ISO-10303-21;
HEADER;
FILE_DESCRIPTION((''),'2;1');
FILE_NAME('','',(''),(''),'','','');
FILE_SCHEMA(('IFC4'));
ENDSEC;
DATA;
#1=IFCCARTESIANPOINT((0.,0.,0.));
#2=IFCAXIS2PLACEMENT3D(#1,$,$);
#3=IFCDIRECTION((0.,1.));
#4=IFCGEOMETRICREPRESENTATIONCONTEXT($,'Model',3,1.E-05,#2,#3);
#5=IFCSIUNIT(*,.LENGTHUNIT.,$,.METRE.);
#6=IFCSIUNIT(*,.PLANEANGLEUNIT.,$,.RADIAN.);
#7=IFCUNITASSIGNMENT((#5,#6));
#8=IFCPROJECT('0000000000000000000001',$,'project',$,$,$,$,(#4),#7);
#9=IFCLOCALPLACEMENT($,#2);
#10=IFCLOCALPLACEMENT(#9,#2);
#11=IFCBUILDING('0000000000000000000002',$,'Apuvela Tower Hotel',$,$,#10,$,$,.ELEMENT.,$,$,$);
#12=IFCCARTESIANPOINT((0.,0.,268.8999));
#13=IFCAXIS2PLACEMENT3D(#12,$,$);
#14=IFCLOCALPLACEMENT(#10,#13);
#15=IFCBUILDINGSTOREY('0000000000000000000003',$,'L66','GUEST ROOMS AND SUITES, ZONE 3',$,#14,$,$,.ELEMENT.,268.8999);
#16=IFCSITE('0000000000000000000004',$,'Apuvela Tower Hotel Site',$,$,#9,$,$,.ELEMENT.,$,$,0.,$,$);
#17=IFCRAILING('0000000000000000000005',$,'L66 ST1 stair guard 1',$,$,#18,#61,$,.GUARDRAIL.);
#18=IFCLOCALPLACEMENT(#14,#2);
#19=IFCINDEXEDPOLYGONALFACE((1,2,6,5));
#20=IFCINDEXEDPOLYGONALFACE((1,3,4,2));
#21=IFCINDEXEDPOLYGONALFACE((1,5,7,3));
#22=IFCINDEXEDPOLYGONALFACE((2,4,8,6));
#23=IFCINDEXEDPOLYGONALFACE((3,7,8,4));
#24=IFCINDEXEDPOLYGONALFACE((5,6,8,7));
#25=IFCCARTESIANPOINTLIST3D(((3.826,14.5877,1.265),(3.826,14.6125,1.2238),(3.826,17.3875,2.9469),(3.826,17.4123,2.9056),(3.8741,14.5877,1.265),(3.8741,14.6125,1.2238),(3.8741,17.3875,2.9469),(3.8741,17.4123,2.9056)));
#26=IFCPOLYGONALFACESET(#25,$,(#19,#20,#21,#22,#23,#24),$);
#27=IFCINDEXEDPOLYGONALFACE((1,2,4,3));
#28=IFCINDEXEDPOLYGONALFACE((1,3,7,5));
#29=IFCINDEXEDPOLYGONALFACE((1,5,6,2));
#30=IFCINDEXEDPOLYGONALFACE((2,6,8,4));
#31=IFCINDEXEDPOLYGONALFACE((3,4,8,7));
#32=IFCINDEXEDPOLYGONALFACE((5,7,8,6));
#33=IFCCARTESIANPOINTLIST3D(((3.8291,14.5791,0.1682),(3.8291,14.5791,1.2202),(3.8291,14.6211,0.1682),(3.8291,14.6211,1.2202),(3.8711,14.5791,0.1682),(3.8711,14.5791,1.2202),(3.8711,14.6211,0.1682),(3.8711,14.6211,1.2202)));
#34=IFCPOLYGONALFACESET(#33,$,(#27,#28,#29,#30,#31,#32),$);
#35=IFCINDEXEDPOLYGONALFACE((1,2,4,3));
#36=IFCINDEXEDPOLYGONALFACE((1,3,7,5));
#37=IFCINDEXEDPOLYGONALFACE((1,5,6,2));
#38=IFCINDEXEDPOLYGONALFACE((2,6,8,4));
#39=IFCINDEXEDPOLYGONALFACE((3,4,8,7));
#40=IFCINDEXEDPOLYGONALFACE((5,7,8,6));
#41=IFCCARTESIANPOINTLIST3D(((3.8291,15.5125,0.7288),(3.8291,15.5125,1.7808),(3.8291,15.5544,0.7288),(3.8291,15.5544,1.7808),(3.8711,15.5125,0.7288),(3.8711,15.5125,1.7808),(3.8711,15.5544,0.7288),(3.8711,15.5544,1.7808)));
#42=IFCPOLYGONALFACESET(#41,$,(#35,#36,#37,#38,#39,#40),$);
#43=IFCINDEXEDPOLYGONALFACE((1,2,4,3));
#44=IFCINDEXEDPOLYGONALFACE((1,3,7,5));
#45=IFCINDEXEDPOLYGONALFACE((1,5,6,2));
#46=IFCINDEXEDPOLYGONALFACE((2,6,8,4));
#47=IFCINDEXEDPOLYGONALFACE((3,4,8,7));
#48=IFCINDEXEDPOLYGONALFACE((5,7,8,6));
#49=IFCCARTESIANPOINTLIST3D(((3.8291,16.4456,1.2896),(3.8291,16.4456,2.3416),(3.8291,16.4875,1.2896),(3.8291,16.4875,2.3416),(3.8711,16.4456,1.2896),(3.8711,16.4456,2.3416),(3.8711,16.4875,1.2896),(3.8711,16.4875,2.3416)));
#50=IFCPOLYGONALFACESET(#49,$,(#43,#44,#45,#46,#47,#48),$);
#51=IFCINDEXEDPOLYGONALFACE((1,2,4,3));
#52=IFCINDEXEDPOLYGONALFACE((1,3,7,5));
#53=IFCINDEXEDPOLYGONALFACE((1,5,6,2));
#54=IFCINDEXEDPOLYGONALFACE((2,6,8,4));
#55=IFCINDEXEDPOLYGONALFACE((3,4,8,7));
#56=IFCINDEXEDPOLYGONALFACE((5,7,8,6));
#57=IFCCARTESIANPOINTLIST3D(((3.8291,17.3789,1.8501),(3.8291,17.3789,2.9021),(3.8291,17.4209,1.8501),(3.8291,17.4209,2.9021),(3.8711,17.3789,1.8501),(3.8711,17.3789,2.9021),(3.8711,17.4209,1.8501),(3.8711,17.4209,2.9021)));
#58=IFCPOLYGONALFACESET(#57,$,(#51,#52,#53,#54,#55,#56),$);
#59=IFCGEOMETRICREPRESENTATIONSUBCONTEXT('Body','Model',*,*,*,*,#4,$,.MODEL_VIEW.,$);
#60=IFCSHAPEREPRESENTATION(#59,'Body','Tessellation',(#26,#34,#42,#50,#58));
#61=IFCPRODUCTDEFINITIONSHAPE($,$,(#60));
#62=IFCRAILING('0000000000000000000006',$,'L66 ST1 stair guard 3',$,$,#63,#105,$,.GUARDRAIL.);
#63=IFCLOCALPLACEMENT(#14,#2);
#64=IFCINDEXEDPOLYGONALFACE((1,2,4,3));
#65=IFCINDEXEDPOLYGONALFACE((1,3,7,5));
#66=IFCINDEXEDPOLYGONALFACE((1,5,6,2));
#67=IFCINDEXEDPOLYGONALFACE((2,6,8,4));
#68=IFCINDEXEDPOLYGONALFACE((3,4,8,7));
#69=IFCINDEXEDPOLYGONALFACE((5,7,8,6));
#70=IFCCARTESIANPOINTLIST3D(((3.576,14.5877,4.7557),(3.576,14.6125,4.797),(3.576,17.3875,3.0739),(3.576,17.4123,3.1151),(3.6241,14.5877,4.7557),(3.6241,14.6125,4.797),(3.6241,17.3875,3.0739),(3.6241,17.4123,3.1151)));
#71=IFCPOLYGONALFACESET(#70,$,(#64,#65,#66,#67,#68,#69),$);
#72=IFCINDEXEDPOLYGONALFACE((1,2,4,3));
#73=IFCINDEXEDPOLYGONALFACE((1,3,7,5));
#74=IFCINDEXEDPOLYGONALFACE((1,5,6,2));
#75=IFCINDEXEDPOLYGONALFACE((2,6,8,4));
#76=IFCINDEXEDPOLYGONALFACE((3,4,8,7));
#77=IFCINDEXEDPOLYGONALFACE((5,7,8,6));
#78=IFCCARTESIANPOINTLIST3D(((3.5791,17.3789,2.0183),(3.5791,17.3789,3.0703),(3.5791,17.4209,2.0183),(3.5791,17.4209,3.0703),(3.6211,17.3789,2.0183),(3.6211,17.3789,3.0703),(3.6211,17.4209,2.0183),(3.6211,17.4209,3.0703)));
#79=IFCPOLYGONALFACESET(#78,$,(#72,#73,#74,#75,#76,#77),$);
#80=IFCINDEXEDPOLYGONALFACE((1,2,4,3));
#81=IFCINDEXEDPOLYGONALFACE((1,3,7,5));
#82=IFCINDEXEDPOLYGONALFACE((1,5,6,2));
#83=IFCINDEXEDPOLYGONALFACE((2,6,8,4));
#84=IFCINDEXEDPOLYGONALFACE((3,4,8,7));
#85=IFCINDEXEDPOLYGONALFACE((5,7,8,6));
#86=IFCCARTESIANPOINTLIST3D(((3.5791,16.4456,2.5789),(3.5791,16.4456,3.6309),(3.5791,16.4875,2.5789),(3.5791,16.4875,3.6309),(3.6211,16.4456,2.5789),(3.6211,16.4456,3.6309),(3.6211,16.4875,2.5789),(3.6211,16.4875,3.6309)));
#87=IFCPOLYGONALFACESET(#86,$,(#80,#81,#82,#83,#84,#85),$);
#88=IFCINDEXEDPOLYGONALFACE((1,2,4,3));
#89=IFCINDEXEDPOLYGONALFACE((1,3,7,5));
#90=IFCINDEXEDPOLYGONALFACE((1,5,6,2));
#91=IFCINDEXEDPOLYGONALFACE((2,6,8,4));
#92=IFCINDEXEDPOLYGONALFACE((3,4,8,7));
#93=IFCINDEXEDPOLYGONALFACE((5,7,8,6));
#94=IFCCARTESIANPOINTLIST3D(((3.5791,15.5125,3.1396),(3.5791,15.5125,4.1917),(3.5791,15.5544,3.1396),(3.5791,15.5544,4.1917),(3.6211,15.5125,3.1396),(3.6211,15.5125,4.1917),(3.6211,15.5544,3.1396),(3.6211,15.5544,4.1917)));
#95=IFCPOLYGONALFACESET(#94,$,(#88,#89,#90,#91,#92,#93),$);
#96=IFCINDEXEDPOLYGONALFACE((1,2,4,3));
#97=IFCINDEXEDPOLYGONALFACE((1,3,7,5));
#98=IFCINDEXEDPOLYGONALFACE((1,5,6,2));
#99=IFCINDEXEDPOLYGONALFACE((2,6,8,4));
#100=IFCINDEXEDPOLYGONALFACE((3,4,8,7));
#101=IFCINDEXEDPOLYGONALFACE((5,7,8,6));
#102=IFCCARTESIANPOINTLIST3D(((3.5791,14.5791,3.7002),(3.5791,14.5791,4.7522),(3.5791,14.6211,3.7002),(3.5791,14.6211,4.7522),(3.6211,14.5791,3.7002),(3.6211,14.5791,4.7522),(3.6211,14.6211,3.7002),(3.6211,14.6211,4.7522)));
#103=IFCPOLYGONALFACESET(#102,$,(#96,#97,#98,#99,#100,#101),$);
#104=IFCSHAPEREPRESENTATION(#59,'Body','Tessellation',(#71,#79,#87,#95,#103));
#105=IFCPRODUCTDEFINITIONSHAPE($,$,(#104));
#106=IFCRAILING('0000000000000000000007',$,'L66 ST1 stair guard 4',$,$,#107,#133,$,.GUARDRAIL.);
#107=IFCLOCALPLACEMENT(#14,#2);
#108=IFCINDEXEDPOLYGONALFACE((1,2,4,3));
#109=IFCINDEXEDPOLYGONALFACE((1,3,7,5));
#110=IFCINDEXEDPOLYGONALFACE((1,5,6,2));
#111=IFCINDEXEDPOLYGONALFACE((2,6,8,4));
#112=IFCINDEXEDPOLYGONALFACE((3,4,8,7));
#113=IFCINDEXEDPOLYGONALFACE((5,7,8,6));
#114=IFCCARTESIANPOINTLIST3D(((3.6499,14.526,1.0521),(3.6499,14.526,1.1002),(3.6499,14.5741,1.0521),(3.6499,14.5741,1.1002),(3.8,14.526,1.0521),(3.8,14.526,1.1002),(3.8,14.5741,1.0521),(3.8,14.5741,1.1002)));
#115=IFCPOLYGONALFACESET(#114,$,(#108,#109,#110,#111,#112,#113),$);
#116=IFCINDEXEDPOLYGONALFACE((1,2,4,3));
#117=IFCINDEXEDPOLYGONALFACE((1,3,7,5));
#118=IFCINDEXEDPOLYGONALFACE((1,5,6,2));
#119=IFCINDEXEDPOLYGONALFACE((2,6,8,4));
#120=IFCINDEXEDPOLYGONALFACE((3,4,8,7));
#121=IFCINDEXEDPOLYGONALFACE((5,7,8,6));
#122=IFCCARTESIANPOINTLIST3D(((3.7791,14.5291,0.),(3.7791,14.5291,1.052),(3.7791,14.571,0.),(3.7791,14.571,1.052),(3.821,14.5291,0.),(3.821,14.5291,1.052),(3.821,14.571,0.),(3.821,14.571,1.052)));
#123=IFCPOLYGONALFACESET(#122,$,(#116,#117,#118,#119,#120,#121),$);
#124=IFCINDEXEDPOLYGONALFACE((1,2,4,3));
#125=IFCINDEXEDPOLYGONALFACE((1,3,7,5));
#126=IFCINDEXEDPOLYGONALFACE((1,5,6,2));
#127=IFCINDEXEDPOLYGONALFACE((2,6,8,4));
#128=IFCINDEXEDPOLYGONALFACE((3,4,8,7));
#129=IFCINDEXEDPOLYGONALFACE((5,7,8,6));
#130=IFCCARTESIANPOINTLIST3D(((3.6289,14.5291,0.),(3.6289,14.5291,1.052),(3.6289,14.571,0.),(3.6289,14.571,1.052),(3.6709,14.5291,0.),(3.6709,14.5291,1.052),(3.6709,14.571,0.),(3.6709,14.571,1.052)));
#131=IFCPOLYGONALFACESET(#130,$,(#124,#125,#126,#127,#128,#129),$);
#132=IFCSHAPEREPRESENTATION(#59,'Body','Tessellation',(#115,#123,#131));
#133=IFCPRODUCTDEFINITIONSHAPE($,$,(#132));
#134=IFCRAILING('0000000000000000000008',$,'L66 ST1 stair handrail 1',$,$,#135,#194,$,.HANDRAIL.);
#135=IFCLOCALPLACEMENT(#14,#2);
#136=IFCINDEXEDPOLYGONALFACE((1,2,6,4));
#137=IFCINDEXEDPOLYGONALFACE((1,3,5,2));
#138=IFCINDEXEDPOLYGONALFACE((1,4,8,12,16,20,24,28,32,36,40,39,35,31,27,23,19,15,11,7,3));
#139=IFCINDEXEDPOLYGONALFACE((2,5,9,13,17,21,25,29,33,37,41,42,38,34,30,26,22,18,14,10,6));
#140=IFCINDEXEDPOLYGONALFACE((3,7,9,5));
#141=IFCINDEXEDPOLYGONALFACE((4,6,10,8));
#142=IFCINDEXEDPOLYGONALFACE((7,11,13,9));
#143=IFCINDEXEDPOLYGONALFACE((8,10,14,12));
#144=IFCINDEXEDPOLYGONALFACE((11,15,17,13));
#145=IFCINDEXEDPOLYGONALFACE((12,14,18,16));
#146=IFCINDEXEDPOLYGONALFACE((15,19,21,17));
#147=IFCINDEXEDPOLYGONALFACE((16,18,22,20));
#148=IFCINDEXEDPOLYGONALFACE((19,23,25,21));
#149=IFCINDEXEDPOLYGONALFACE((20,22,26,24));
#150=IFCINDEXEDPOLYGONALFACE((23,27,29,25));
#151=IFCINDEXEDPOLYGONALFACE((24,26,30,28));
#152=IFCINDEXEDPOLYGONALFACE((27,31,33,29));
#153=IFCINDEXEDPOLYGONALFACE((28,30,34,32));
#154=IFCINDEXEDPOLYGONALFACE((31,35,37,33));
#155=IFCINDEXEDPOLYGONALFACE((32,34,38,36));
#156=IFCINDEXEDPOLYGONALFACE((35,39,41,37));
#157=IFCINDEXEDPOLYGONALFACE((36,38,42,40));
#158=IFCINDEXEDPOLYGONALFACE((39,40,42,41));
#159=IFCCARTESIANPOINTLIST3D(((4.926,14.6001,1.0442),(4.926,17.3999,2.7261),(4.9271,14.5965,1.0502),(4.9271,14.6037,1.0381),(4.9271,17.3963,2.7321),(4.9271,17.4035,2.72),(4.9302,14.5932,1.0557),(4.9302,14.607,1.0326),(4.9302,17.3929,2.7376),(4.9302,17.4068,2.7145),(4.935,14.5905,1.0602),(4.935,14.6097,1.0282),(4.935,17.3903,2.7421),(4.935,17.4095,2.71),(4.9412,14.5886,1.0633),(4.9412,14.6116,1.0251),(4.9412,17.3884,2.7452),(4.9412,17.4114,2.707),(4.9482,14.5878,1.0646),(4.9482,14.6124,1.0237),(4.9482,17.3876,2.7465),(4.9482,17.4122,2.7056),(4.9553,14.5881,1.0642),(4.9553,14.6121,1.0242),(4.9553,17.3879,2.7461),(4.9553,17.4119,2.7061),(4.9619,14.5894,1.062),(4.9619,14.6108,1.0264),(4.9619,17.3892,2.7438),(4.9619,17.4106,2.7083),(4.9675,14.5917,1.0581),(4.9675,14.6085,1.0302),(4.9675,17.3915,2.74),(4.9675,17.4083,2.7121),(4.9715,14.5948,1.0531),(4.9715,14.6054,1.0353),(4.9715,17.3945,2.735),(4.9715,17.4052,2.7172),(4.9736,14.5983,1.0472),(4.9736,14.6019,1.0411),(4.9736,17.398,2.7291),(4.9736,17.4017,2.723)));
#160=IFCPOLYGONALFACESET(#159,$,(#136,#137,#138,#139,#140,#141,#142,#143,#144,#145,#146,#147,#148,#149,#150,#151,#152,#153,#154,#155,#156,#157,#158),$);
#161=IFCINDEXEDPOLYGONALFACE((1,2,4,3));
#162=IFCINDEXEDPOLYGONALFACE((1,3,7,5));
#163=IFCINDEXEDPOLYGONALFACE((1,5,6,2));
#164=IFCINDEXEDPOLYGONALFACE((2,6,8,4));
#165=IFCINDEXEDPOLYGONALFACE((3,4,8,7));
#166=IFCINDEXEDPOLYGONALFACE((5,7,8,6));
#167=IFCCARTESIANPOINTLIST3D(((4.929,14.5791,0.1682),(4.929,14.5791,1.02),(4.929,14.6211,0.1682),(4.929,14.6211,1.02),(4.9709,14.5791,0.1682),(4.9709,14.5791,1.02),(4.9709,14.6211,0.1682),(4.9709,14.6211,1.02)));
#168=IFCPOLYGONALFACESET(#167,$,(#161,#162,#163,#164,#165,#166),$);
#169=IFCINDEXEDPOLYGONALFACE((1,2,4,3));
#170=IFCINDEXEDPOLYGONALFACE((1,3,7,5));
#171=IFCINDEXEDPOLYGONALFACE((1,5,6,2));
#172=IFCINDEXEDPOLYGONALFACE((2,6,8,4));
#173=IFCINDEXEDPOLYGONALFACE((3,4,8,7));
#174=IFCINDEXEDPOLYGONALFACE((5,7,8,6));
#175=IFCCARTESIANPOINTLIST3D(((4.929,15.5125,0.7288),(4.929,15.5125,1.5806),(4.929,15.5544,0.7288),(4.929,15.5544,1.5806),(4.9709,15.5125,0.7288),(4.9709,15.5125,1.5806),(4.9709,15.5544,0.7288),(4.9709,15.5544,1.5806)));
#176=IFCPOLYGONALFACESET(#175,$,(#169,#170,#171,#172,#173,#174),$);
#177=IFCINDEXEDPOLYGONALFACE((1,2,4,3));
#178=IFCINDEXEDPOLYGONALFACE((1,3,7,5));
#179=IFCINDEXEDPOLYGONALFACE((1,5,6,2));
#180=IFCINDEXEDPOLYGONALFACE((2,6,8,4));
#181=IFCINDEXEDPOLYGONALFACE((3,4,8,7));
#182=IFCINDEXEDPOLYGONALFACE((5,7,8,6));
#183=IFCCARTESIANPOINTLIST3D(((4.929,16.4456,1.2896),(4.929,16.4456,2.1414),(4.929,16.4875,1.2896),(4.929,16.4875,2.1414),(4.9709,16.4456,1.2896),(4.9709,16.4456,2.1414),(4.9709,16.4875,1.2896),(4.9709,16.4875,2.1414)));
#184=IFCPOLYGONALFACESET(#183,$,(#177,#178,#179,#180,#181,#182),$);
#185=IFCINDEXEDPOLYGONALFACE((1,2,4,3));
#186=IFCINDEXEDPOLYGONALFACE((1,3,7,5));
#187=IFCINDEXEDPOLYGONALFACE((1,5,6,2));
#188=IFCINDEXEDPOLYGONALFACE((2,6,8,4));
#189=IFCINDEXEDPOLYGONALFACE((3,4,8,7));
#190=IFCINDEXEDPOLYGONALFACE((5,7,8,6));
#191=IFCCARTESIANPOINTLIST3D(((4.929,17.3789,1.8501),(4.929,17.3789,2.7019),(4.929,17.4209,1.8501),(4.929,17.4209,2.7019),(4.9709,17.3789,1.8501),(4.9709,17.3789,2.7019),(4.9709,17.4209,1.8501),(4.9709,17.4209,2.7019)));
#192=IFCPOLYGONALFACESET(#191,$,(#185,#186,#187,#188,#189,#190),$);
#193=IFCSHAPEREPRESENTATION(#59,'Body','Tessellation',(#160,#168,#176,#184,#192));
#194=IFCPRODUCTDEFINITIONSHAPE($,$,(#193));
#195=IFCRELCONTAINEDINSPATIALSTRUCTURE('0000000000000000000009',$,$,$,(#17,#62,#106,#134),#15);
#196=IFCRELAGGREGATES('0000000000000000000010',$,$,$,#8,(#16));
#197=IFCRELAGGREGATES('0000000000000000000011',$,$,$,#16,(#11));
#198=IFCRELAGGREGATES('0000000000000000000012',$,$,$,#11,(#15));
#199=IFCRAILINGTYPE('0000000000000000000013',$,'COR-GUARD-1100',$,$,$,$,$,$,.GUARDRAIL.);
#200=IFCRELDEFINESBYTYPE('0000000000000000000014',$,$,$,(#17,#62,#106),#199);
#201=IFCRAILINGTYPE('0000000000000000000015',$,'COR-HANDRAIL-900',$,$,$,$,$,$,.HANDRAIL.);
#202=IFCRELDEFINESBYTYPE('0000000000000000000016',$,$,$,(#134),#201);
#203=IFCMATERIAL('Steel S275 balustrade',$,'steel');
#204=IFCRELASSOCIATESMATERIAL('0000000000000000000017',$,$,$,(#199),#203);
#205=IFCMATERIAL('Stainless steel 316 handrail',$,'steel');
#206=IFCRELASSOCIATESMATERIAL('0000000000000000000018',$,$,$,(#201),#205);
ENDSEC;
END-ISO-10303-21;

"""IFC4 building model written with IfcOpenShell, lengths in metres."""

from ifc_helpers import new_model, si_unit, direction, frame, origin, origin_2d, place, context, subcontext, project, spatial, rectangle, circle, extrude, material, type_object, element, save


model = new_model("IFC4")

# Units and contexts
model_context = context("Model", 3, precision=1e-05, world=origin(), true_north=direction((0.0, 1.0)))
body_context = subcontext(model_context, "Body", "Model", "MODEL_VIEW")
ifc_project = project(units=[si_unit("LENGTHUNIT", "METRE"), si_unit("PLANEANGLEUNIT", "RADIAN")], contexts=[model_context])

# Site, building, storey
site_placement = place(None, origin())
site = spatial("IfcSite", under=ifc_project, at=site_placement, Name="Apuvela Tower Hotel Site", CompositionType="ELEMENT", RefElevation=0.0)
building_placement = place(site_placement, origin())
building = spatial("IfcBuilding", under=site, at=building_placement, Name="Apuvela Tower Hotel", CompositionType="ELEMENT")
storey_placement = place(building_placement, frame((0.0, 0.0, 268.8999)))
storey = spatial("IfcBuildingStorey", under=building, at=storey_placement, Name="L66", Description="GUEST ROOMS AND SUITES, ZONE 3", CompositionType="ELEMENT", Elevation=268.8999)

# Railings
ifc_material_1 = material(Name="Steel S275 balustrade", Category="steel")
railing_type_1 = type_object("IfcRailingType", Name="COR-GUARD-1100", PredefinedType="GUARDRAIL", material=ifc_material_1)
railing_1_placement = place(storey_placement, frame((3.8501, 14.6001, 0.1682)))
element("IfcRailing", 1, at=railing_1_placement, inside=storey, type_object=railing_type_1, Name="L66 ST1 stair guard 1", PredefinedType="GUARDRAIL", context=body_context, shape_type="SweptSolid", body=[
    extrude(rectangle(XDim=0.0481, YDim=0.0481, at=origin_2d()), frame((0.0, 0.0, 1.0762), z_axis=(0.0, 0.857222, 0.514946), x_axis=(-1.0, 0.0, 0.0)), (0.0, 0.0, 1.0), 3.2661),
    extrude(rectangle(XDim=0.042, YDim=0.042, at=origin_2d()), origin(), (0.0, 0.0, 1.0), 1.052),
    extrude(rectangle(XDim=0.042, YDim=0.042, at=origin_2d()), frame((0.0, 0.9333, 0.5605)), (0.0, 0.0, 1.0), 1.052),
    extrude(rectangle(XDim=0.042, YDim=0.042, at=origin_2d()), frame((0.0, 1.8665, 1.1213)), (0.0, 0.0, 1.0), 1.052),
    extrude(rectangle(XDim=0.042, YDim=0.042, at=origin_2d()), frame((0.0, 2.7998, 1.6819)), (0.0, 0.0, 1.0), 1.052),
])
railing_2_placement = place(storey_placement, frame((3.6001, 17.3999, 2.0183)))
element("IfcRailing", 2, at=railing_2_placement, inside=storey, type_object=railing_type_1, Name="L66 ST1 stair guard 3", PredefinedType="GUARDRAIL", context=body_context, shape_type="SweptSolid", body=[
    extrude(rectangle(XDim=0.0481, YDim=0.0481, at=origin_2d()), frame((0.0, 0.0, 1.0762), z_axis=(0.0, -0.857222, 0.514946), x_axis=(1.0, 0.0, 0.0)), (0.0, 0.0, 1.0), 3.2661),
    extrude(rectangle(XDim=0.042, YDim=0.042, at=origin_2d()), origin(), (0.0, 0.0, 1.0), 1.052),
    extrude(rectangle(XDim=0.042, YDim=0.042, at=origin_2d()), frame((0.0, -0.9333, 0.5605)), (0.0, 0.0, 1.0), 1.052),
    extrude(rectangle(XDim=0.042, YDim=0.042, at=origin_2d()), frame((0.0, -1.8665, 1.1213)), (0.0, 0.0, 1.0), 1.052),
    extrude(rectangle(XDim=0.042, YDim=0.042, at=origin_2d()), frame((0.0, -2.7998, 1.6819)), (0.0, 0.0, 1.0), 1.052),
])
railing_3_placement = place(storey_placement, frame((3.8, 14.55, 0.0)))
element("IfcRailing", 3, at=railing_3_placement, inside=storey, type_object=railing_type_1, Name="L66 ST1 stair guard 4", PredefinedType="GUARDRAIL", context=body_context, shape_type="SweptSolid", body=[
    extrude(rectangle(XDim=0.0481, YDim=0.0481, at=origin_2d()), frame((0.0, 0.0, 1.0762), z_axis=(-1.0, 0.0, 0.0), x_axis=(0.0, -1.0, 0.0)), (0.0, 0.0, 1.0), 0.1501),
    extrude(rectangle(XDim=0.042, YDim=0.042, at=origin_2d()), origin(), (0.0, 0.0, 1.0), 1.052),
    extrude(rectangle(XDim=0.042, YDim=0.042, at=origin_2d()), frame((-0.1501, 0.0, 0.0)), (0.0, 0.0, 1.0), 1.052),
])
ifc_material_2 = material(Name="Stainless steel 316 handrail", Category="steel")
railing_type_2 = type_object("IfcRailingType", Name="COR-HANDRAIL-900", PredefinedType="HANDRAIL", material=ifc_material_2)
railing_4_placement = place(storey_placement, frame((4.95, 14.6001, 0.1682)))
element("IfcRailing", 4, at=railing_4_placement, inside=storey, type_object=railing_type_2, Name="L66 ST1 stair handrail 1", PredefinedType="HANDRAIL", context=body_context, shape_type="SweptSolid", body=[
    extrude(circle(Radius=0.0239, at=origin_2d()), frame((0.0, 0.0, 0.876), z_axis=(0.0, 0.857222, 0.514946), x_axis=(-1.0, 0.0, 0.0)), (0.0, 0.0, 1.0), 3.2661),
    extrude(rectangle(XDim=0.042, YDim=0.042, at=origin_2d()), origin(), (0.0, 0.0, 1.0), 0.8518),
    extrude(rectangle(XDim=0.042, YDim=0.042, at=origin_2d()), frame((0.0, 0.9333, 0.5605)), (0.0, 0.0, 1.0), 0.8518),
    extrude(rectangle(XDim=0.042, YDim=0.042, at=origin_2d()), frame((0.0, 1.8665, 1.1213)), (0.0, 0.0, 1.0), 0.8518),
    extrude(rectangle(XDim=0.042, YDim=0.042, at=origin_2d()), frame((0.0, 2.7998, 1.6819)), (0.0, 0.0, 1.0), 0.8518),
])

save(model, "model.ifc")
